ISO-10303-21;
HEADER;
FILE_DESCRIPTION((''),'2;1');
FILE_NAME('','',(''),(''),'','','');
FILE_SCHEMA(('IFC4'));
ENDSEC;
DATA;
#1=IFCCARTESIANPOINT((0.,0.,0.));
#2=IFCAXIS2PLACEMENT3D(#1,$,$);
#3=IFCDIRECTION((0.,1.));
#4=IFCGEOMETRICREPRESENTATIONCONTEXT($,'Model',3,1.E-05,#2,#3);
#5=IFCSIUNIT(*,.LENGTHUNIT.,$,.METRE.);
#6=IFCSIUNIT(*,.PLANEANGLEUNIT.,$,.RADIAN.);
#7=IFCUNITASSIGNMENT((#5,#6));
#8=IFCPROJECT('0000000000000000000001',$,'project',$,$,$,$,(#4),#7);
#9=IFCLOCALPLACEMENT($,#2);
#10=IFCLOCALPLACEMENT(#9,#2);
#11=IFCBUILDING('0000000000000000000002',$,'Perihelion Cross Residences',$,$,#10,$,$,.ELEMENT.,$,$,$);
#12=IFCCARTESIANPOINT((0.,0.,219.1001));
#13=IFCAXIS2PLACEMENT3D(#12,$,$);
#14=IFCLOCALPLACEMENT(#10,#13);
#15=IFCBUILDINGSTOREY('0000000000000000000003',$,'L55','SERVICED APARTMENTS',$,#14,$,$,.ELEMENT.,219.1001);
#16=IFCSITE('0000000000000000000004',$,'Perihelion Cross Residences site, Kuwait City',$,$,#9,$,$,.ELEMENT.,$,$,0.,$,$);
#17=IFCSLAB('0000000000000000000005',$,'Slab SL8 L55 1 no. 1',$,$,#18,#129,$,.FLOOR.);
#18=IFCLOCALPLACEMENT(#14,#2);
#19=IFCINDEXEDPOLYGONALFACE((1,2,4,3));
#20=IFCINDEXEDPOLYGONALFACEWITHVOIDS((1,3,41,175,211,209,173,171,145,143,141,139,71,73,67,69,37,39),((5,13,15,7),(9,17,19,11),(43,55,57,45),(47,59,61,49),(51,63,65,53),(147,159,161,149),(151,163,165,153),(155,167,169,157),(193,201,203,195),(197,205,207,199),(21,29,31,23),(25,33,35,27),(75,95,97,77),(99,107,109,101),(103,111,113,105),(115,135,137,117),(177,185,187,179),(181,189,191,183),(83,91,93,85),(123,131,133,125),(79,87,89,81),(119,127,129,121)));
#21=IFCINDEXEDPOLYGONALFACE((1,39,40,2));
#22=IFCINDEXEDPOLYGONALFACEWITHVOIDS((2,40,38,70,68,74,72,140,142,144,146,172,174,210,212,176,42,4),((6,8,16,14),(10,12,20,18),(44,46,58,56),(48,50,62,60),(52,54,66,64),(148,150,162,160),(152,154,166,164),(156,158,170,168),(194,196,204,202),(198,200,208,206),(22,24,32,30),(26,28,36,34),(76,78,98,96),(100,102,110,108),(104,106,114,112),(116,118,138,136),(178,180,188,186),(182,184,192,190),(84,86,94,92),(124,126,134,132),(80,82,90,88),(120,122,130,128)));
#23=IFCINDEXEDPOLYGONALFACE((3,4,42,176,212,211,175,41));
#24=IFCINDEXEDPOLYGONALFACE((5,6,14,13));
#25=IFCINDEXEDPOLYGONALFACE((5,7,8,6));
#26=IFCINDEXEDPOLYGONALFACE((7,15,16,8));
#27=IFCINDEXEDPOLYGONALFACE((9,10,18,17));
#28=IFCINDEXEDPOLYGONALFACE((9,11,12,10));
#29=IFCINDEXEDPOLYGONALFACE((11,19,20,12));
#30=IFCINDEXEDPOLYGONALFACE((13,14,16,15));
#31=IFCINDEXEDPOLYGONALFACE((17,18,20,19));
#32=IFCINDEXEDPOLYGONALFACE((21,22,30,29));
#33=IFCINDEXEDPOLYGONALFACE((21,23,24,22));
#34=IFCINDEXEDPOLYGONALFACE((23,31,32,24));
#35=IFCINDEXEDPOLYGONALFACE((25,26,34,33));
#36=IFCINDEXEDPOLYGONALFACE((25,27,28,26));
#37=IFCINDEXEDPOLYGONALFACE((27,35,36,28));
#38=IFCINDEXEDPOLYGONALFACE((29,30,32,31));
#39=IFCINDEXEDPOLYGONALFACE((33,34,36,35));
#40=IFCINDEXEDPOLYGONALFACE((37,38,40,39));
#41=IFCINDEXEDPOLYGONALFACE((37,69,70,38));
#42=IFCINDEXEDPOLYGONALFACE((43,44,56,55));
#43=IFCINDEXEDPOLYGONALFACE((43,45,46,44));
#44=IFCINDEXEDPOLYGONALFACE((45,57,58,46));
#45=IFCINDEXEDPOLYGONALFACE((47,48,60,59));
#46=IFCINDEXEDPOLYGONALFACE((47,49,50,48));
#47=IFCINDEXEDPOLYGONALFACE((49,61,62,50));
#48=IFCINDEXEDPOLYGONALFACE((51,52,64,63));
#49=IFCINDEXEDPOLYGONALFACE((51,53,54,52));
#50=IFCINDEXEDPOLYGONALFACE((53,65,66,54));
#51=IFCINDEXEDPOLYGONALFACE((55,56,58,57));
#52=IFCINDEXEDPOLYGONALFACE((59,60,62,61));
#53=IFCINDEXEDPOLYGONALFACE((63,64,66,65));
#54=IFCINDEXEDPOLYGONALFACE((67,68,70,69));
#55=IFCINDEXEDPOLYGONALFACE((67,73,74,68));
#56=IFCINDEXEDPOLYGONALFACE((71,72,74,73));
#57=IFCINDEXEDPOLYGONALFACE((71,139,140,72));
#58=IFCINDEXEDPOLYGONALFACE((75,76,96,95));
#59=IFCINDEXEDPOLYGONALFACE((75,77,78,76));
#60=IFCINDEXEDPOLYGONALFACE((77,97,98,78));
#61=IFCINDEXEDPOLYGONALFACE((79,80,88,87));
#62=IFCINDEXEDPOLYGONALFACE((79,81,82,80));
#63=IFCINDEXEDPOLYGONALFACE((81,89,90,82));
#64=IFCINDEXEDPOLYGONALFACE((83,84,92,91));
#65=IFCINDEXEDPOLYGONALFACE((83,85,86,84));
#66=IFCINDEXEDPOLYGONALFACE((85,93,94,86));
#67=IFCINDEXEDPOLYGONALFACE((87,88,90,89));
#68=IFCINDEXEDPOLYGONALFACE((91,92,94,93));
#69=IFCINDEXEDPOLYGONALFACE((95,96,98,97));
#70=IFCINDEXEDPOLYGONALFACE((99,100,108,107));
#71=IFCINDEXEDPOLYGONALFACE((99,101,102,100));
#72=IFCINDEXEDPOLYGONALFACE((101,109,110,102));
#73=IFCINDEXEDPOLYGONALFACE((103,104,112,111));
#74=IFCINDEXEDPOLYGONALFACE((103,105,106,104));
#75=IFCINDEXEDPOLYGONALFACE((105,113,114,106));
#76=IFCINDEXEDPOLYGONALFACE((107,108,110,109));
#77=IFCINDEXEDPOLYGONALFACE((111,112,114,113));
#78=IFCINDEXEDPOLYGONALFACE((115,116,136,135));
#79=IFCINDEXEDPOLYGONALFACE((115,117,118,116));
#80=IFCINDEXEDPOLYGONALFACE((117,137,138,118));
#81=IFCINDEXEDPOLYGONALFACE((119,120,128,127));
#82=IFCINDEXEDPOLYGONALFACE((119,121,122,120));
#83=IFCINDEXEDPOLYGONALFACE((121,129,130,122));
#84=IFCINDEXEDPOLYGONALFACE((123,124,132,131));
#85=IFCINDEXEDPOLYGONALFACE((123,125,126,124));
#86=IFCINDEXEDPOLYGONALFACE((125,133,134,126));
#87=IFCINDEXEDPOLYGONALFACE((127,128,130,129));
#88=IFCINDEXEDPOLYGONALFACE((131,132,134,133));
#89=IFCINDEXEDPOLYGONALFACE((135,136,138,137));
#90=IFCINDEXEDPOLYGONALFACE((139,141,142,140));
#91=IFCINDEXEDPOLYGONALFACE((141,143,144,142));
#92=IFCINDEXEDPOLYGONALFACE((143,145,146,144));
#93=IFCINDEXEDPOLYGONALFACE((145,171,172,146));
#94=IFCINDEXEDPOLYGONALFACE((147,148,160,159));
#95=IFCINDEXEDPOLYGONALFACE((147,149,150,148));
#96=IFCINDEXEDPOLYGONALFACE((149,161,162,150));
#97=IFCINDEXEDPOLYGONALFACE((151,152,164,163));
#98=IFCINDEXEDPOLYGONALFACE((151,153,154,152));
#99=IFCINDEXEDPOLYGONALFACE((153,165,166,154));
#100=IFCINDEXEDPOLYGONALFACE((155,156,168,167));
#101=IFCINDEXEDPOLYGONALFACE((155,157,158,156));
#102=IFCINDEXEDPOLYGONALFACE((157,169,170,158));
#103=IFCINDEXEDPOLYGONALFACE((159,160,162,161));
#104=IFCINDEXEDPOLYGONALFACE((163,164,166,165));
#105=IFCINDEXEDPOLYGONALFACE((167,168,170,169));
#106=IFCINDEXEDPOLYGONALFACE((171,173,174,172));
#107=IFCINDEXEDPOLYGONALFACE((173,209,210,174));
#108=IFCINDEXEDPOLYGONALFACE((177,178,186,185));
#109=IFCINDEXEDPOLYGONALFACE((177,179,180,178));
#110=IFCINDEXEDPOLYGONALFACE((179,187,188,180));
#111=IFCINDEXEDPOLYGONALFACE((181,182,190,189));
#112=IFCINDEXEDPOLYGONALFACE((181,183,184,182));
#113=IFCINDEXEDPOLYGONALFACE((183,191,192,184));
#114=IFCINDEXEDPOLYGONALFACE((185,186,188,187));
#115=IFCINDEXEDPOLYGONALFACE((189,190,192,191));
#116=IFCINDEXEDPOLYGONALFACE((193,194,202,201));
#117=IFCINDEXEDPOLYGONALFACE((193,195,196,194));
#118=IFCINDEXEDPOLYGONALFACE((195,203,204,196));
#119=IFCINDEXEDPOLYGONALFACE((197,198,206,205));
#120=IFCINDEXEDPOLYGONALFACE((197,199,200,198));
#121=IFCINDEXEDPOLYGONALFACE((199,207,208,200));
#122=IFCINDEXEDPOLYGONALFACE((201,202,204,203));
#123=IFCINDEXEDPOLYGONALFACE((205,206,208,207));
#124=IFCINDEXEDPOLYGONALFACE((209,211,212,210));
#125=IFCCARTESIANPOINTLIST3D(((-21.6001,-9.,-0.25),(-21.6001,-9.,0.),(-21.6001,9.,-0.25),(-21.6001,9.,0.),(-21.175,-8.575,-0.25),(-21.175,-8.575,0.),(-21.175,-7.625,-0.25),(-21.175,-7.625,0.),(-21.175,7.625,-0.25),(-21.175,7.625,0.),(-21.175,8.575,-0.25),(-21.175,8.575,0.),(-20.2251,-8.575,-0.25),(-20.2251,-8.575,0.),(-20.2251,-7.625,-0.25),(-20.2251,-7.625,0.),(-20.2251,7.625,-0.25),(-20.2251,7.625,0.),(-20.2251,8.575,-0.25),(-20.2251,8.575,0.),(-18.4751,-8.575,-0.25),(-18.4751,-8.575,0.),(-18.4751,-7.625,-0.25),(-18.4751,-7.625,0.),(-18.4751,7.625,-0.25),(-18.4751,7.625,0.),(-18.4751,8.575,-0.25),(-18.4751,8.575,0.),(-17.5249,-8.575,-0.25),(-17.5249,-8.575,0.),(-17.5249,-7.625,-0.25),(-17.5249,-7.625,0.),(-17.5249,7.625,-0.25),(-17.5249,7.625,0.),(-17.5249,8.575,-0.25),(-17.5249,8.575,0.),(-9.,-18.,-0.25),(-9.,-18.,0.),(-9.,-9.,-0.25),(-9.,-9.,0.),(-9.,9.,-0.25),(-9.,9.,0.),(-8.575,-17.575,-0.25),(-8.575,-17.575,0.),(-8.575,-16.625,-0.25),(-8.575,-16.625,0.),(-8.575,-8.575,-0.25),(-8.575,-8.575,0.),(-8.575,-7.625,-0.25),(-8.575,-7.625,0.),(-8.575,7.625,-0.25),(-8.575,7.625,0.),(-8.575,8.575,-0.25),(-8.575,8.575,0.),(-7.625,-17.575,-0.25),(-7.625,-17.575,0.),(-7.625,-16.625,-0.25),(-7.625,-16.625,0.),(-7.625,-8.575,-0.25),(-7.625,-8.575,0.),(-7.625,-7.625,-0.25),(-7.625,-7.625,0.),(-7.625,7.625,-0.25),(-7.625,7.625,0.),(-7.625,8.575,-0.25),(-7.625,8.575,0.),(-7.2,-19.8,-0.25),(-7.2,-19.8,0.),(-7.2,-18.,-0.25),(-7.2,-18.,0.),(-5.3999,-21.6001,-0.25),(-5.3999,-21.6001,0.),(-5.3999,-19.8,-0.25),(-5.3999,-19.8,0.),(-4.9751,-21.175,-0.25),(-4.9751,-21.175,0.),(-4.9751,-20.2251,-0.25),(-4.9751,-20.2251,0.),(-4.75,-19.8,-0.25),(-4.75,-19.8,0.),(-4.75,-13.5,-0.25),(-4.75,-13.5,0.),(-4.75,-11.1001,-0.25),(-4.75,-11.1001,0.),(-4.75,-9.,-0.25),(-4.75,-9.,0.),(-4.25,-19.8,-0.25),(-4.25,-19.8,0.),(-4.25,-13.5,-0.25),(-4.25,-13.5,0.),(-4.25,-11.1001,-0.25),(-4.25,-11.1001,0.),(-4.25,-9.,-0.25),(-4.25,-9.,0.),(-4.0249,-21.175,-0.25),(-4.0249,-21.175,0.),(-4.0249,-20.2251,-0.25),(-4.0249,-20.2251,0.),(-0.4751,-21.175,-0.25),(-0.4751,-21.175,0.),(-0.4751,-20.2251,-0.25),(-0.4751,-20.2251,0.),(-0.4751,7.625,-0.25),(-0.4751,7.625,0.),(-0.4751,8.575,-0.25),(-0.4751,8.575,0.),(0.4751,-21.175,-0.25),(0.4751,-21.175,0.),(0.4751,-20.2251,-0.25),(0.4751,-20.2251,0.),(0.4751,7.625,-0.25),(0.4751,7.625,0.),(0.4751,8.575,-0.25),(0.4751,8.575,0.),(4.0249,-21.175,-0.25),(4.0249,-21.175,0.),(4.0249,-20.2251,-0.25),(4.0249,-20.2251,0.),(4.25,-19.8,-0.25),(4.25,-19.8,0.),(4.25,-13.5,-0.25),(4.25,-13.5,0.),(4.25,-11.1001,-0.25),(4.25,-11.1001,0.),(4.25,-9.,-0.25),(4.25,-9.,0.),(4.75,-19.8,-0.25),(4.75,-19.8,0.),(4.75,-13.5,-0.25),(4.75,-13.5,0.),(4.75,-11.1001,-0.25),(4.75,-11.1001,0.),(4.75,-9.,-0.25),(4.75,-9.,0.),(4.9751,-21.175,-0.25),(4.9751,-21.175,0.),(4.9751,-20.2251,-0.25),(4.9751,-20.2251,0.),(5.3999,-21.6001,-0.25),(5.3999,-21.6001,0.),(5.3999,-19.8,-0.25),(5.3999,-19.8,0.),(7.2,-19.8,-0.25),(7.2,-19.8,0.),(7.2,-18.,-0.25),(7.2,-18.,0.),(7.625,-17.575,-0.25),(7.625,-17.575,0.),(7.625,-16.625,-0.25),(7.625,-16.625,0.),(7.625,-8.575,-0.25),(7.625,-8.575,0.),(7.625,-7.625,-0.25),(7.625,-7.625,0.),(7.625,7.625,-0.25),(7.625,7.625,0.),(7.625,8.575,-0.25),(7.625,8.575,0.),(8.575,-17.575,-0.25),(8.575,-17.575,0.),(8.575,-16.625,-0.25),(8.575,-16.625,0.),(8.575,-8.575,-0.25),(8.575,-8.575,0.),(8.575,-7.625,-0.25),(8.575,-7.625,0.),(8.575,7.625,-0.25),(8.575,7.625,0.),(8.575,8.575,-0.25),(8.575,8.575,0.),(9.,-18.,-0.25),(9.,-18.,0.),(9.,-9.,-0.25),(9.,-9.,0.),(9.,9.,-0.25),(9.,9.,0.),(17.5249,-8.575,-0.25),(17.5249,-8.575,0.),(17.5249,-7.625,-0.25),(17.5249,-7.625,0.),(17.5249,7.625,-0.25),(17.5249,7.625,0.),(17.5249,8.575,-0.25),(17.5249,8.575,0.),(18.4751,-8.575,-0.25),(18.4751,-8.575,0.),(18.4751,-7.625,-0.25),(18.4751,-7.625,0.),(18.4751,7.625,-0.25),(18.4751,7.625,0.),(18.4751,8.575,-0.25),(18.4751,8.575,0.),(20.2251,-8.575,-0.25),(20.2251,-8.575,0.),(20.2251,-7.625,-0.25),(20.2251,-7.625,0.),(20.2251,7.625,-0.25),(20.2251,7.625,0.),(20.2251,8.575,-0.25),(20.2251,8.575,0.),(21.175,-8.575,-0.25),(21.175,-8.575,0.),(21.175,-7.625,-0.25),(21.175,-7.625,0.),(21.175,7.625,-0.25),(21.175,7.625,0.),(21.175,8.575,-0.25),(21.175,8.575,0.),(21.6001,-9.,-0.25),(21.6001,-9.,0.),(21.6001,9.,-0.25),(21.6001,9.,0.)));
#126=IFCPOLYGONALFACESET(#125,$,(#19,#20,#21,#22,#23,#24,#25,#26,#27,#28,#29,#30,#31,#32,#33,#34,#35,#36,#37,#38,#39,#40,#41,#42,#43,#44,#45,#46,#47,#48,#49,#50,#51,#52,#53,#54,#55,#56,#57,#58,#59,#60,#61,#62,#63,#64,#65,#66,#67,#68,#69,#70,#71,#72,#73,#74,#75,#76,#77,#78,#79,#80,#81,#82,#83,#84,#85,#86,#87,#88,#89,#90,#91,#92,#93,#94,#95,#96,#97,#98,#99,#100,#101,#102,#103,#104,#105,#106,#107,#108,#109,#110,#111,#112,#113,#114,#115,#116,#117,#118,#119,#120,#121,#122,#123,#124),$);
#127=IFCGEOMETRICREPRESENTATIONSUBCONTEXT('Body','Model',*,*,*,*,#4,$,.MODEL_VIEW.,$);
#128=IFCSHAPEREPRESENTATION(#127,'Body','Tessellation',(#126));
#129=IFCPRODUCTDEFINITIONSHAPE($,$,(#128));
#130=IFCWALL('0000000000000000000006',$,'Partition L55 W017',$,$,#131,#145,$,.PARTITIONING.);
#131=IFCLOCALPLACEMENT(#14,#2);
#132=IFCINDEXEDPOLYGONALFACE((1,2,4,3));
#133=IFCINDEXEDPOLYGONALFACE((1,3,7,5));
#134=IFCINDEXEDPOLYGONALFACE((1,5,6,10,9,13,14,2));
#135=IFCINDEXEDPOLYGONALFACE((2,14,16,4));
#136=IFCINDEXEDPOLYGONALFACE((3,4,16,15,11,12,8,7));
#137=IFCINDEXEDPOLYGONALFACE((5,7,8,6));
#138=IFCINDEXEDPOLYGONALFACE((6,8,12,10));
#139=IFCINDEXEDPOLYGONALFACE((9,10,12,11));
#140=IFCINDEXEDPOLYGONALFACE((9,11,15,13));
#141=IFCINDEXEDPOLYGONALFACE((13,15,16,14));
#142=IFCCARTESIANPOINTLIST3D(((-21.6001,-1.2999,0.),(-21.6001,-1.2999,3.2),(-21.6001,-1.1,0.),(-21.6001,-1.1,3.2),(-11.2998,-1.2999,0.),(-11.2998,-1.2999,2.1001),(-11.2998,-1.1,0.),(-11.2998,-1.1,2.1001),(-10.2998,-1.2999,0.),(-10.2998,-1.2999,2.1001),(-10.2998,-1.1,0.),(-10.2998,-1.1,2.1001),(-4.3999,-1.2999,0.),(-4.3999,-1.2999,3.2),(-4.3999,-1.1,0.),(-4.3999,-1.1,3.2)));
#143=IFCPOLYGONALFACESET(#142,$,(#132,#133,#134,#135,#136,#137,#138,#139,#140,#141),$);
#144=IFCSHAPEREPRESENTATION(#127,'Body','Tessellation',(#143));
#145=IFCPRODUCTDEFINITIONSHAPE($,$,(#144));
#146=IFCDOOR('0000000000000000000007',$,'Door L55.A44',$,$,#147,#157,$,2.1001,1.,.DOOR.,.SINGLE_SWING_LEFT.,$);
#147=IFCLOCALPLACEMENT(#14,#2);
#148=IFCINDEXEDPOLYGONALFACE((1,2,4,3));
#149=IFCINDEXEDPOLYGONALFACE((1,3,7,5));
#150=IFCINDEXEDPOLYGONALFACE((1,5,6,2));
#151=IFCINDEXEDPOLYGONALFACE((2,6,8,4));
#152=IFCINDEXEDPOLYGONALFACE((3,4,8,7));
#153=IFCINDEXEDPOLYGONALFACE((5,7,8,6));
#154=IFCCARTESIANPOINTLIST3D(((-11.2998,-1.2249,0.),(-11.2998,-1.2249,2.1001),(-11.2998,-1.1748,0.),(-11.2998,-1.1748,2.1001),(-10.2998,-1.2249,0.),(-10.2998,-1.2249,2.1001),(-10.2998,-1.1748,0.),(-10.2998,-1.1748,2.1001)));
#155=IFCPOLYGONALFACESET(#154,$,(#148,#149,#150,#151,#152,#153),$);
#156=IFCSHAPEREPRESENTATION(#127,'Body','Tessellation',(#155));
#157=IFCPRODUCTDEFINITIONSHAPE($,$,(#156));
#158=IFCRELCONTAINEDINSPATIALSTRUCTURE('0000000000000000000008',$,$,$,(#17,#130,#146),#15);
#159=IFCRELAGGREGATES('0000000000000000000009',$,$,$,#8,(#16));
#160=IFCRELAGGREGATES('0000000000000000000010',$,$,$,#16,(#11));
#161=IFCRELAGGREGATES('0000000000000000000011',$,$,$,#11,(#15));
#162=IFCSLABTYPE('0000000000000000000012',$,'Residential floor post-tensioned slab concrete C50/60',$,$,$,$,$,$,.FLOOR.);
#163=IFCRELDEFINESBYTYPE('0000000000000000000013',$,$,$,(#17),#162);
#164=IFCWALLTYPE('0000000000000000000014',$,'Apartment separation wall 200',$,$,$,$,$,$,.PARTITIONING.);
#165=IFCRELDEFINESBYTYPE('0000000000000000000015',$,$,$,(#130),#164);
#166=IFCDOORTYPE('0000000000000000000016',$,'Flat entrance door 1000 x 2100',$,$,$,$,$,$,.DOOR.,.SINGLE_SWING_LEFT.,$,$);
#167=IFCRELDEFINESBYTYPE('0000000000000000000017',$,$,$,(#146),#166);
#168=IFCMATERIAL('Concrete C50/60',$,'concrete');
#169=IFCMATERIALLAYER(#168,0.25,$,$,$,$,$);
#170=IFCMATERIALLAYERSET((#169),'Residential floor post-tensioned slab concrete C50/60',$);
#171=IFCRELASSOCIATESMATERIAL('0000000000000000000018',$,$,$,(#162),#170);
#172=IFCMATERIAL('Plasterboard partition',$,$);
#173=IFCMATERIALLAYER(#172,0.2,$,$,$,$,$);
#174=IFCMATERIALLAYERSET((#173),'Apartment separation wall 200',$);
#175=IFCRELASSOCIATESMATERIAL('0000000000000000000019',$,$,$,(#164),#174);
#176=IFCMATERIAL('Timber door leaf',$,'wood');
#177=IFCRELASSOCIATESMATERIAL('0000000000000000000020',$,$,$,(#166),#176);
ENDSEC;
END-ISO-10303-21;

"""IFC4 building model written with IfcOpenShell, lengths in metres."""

from ifc_helpers import new_model, si_unit, direction, frame, frame_2d, origin, place, context, subcontext, project, spatial, polyline, rectangle, outline, extrude, material, layer, layer_set, type_object, element, fill, save


model = new_model("IFC4")

# Units and contexts
model_context = context("Model", 3, precision=1e-05, world=origin(), true_north=direction((0.0, 1.0)))
body_context = subcontext(model_context, "Body", "Model", "MODEL_VIEW")
ifc_project = project(units=[si_unit("LENGTHUNIT", "METRE"), si_unit("PLANEANGLEUNIT", "RADIAN")], contexts=[model_context])

# Site, building, storey
site_placement = place(None, origin())
site = spatial("IfcSite", under=ifc_project, at=site_placement, Name="Perihelion Cross Residences site, Kuwait City", CompositionType="ELEMENT", RefElevation=0.0)
building_placement = place(site_placement, origin())
building = spatial("IfcBuilding", under=site, at=building_placement, Name="Perihelion Cross Residences", CompositionType="ELEMENT")
storey_placement = place(building_placement, frame((0.0, 0.0, 219.1001)))
storey = spatial("IfcBuildingStorey", under=building, at=storey_placement, Name="L55", Description="SERVICED APARTMENTS", CompositionType="ELEMENT", Elevation=219.1001)

# Slab
ifc_material_1 = material(Name="Concrete C50/60", Category="concrete")
ifc_layer_1 = layer(ifc_material_1, 0.25)
ifc_layer_set_1 = layer_set([ifc_layer_1], Name="Residential floor post-tensioned slab concrete C50/60")
slab_type_1 = type_object("IfcSlabType", Name="Residential floor post-tensioned slab concrete C50/60", PredefinedType="FLOOR", material=ifc_layer_set_1)
slab_1_placement = place(storey_placement, frame((0.0, 0.0, -0.25)))
element("IfcSlab", 1, at=slab_1_placement, inside=storey, type_object=slab_type_1, Name="Slab SL8 L55 1 no. 1", PredefinedType="FLOOR", context=body_context, shape_type="SweptSolid", body=[
    extrude(outline(polyline([(-9.0, 9.0), (9.0, 9.0), (21.6001, 9.0), (21.6001, -9.0), (9.0, -9.0), (9.0, -18.0), (7.2, -18.0), (7.2, -19.8), (5.3999, -19.8), (5.3999, -21.6001), (-5.3999, -21.6001), (-5.3999, -19.8), (-7.2, -19.8), (-7.2, -18.0), (-9.0, -18.0), (-9.0, -9.0), (-21.6001, -9.0), (-21.6001, 9.0), (-9.0, 9.0)]), holes=[polyline([(-4.0249, -20.2251), (-4.9751, -20.2251), (-4.9751, -21.175), (-4.0249, -21.175), (-4.0249, -20.2251)]), polyline([(0.4751, -21.175), (0.4751, -20.2251), (-0.4751, -20.2251), (-0.4751, -21.175), (0.4751, -21.175)]), polyline([(-7.625, -17.575), (-7.625, -16.625), (-8.575, -16.625), (-8.575, -17.575), (-7.625, -17.575)]), polyline([(-4.25, -13.5), (-4.75, -13.5), (-4.75, -19.8), (-4.25, -19.8), (-4.25, -13.5)]), polyline([(-4.25, -11.1001), (-4.25, -9.0), (-4.75, -9.0), (-4.75, -11.1001), (-4.25, -11.1001)]), polyline([(-20.2251, -8.575), (-20.2251, -7.625), (-21.175, -7.625), (-21.175, -8.575), (-20.2251, -8.575)]), polyline([(-17.5249, -7.625), (-18.4751, -7.625), (-18.4751, -8.575), (-17.5249, -8.575), (-17.5249, -7.625)]), polyline([(-7.625, -8.575), (-7.625, -7.625), (-8.575, -7.625), (-8.575, -8.575), (-7.625, -8.575)]), polyline([(-20.2251, 8.575), (-21.175, 8.575), (-21.175, 7.625), (-20.2251, 7.625), (-20.2251, 8.575)]), polyline([(-17.5249, 7.625), (-17.5249, 8.575), (-18.4751, 8.575), (-18.4751, 7.625), (-17.5249, 7.625)]), polyline([(-7.625, 7.625), (-7.625, 8.575), (-8.575, 8.575), (-8.575, 7.625), (-7.625, 7.625)]), polyline([(4.9751, -20.2251), (4.0249, -20.2251), (4.0249, -21.175), (4.9751, -21.175), (4.9751, -20.2251)]), polyline([(8.575, -17.575), (8.575, -16.625), (7.625, -16.625), (7.625, -17.575), (8.575, -17.575)]), polyline([(4.75, -19.8), (4.75, -13.5), (4.25, -13.5), (4.25, -19.8), (4.75, -19.8)]), polyline([(4.75, -9.0), (4.25, -9.0), (4.25, -11.1001), (4.75, -11.1001), (4.75, -9.0)]), polyline([(8.575, -8.575), (8.575, -7.625), (7.625, -7.625), (7.625, -8.575), (8.575, -8.575)]), polyline([(18.4751, -8.575), (18.4751, -7.625), (17.5249, -7.625), (17.5249, -8.575), (18.4751, -8.575)]), polyline([(21.175, -7.625), (20.2251, -7.625), (20.2251, -8.575), (21.175, -8.575), (21.175, -7.625)]), polyline([(0.4751, 7.625), (0.4751, 8.575), (-0.4751, 8.575), (-0.4751, 7.625), (0.4751, 7.625)]), polyline([(8.575, 8.575), (7.625, 8.575), (7.625, 7.625), (8.575, 7.625), (8.575, 8.575)]), polyline([(18.4751, 7.625), (18.4751, 8.575), (17.5249, 8.575), (17.5249, 7.625), (18.4751, 7.625)]), polyline([(21.175, 7.625), (21.175, 8.575), (20.2251, 8.575), (20.2251, 7.625), (21.175, 7.625)])]), origin(), (0.0, 0.0, 1.0), 0.25),
])

# Wall, opening, door
ifc_material_2 = material(Name="Plasterboard partition")
ifc_layer_2 = layer(ifc_material_2, 0.2)
ifc_layer_set_2 = layer_set([ifc_layer_2], Name="Apartment separation wall 200")
wall_type = type_object("IfcWallType", Name="Apartment separation wall 200", PredefinedType="PARTITIONING", material=ifc_layer_set_2)
wall_placement = place(storey_placement, frame((-4.3999, -1.2, 0.0), z_axis=(0.0, 0.0, 1.0), x_axis=(-1.0, 0.0, 0.0)))
wall = element("IfcWall", 2, at=wall_placement, inside=storey, type_object=wall_type, Name="Partition L55 W017", PredefinedType="PARTITIONING", context=body_context, shape_type="SweptSolid", body=[
    extrude(rectangle(XDim=17.2002, YDim=0.2, at=frame_2d((8.6001, 0.0))), origin(), (0.0, 0.0, 1.0), 3.2),
])
opening_placement = place(wall_placement, frame((5.8999, 0.0, 0.0)))
opening = element("IfcOpeningElement", 3, at=opening_placement, cuts=wall, PredefinedType="OPENING", context=body_context, shape_type="SweptSolid", body=[
    extrude(rectangle(XDim=1.0, YDim=2.1001, at=frame_2d((0.5, 1.05))), frame((0.0, 0.1099, 0.0), z_axis=(0.0, -1.0, 0.0), x_axis=(1.0, 0.0, 0.0)), (0.0, 0.0, 1.0), 0.22),
])
ifc_material_3 = material(Name="Timber door leaf", Category="wood")
door_type = type_object("IfcDoorType", Name="Flat entrance door 1000 x 2100", OperationType="SINGLE_SWING_LEFT", PredefinedType="DOOR", material=ifc_material_3)
door_placement = place(opening_placement, origin())
door = element("IfcDoor", 4, at=door_placement, inside=storey, type_object=door_type, Name="Door L55.A44", OperationType="SINGLE_SWING_LEFT", OverallHeight=2.1001, OverallWidth=1.0, PredefinedType="DOOR", context=body_context, shape_type="SweptSolid", body=[
    extrude(rectangle(XDim=1.0, YDim=2.1001, at=frame_2d((0.5, 1.05))), frame((0.0, 0.0249, 0.0), z_axis=(0.0, -1.0, 0.0), x_axis=(1.0, 0.0, 0.0)), (0.0, 0.0, 1.0), 0.05),
])
fill(opening, door)

save(model, "model.ifc")
